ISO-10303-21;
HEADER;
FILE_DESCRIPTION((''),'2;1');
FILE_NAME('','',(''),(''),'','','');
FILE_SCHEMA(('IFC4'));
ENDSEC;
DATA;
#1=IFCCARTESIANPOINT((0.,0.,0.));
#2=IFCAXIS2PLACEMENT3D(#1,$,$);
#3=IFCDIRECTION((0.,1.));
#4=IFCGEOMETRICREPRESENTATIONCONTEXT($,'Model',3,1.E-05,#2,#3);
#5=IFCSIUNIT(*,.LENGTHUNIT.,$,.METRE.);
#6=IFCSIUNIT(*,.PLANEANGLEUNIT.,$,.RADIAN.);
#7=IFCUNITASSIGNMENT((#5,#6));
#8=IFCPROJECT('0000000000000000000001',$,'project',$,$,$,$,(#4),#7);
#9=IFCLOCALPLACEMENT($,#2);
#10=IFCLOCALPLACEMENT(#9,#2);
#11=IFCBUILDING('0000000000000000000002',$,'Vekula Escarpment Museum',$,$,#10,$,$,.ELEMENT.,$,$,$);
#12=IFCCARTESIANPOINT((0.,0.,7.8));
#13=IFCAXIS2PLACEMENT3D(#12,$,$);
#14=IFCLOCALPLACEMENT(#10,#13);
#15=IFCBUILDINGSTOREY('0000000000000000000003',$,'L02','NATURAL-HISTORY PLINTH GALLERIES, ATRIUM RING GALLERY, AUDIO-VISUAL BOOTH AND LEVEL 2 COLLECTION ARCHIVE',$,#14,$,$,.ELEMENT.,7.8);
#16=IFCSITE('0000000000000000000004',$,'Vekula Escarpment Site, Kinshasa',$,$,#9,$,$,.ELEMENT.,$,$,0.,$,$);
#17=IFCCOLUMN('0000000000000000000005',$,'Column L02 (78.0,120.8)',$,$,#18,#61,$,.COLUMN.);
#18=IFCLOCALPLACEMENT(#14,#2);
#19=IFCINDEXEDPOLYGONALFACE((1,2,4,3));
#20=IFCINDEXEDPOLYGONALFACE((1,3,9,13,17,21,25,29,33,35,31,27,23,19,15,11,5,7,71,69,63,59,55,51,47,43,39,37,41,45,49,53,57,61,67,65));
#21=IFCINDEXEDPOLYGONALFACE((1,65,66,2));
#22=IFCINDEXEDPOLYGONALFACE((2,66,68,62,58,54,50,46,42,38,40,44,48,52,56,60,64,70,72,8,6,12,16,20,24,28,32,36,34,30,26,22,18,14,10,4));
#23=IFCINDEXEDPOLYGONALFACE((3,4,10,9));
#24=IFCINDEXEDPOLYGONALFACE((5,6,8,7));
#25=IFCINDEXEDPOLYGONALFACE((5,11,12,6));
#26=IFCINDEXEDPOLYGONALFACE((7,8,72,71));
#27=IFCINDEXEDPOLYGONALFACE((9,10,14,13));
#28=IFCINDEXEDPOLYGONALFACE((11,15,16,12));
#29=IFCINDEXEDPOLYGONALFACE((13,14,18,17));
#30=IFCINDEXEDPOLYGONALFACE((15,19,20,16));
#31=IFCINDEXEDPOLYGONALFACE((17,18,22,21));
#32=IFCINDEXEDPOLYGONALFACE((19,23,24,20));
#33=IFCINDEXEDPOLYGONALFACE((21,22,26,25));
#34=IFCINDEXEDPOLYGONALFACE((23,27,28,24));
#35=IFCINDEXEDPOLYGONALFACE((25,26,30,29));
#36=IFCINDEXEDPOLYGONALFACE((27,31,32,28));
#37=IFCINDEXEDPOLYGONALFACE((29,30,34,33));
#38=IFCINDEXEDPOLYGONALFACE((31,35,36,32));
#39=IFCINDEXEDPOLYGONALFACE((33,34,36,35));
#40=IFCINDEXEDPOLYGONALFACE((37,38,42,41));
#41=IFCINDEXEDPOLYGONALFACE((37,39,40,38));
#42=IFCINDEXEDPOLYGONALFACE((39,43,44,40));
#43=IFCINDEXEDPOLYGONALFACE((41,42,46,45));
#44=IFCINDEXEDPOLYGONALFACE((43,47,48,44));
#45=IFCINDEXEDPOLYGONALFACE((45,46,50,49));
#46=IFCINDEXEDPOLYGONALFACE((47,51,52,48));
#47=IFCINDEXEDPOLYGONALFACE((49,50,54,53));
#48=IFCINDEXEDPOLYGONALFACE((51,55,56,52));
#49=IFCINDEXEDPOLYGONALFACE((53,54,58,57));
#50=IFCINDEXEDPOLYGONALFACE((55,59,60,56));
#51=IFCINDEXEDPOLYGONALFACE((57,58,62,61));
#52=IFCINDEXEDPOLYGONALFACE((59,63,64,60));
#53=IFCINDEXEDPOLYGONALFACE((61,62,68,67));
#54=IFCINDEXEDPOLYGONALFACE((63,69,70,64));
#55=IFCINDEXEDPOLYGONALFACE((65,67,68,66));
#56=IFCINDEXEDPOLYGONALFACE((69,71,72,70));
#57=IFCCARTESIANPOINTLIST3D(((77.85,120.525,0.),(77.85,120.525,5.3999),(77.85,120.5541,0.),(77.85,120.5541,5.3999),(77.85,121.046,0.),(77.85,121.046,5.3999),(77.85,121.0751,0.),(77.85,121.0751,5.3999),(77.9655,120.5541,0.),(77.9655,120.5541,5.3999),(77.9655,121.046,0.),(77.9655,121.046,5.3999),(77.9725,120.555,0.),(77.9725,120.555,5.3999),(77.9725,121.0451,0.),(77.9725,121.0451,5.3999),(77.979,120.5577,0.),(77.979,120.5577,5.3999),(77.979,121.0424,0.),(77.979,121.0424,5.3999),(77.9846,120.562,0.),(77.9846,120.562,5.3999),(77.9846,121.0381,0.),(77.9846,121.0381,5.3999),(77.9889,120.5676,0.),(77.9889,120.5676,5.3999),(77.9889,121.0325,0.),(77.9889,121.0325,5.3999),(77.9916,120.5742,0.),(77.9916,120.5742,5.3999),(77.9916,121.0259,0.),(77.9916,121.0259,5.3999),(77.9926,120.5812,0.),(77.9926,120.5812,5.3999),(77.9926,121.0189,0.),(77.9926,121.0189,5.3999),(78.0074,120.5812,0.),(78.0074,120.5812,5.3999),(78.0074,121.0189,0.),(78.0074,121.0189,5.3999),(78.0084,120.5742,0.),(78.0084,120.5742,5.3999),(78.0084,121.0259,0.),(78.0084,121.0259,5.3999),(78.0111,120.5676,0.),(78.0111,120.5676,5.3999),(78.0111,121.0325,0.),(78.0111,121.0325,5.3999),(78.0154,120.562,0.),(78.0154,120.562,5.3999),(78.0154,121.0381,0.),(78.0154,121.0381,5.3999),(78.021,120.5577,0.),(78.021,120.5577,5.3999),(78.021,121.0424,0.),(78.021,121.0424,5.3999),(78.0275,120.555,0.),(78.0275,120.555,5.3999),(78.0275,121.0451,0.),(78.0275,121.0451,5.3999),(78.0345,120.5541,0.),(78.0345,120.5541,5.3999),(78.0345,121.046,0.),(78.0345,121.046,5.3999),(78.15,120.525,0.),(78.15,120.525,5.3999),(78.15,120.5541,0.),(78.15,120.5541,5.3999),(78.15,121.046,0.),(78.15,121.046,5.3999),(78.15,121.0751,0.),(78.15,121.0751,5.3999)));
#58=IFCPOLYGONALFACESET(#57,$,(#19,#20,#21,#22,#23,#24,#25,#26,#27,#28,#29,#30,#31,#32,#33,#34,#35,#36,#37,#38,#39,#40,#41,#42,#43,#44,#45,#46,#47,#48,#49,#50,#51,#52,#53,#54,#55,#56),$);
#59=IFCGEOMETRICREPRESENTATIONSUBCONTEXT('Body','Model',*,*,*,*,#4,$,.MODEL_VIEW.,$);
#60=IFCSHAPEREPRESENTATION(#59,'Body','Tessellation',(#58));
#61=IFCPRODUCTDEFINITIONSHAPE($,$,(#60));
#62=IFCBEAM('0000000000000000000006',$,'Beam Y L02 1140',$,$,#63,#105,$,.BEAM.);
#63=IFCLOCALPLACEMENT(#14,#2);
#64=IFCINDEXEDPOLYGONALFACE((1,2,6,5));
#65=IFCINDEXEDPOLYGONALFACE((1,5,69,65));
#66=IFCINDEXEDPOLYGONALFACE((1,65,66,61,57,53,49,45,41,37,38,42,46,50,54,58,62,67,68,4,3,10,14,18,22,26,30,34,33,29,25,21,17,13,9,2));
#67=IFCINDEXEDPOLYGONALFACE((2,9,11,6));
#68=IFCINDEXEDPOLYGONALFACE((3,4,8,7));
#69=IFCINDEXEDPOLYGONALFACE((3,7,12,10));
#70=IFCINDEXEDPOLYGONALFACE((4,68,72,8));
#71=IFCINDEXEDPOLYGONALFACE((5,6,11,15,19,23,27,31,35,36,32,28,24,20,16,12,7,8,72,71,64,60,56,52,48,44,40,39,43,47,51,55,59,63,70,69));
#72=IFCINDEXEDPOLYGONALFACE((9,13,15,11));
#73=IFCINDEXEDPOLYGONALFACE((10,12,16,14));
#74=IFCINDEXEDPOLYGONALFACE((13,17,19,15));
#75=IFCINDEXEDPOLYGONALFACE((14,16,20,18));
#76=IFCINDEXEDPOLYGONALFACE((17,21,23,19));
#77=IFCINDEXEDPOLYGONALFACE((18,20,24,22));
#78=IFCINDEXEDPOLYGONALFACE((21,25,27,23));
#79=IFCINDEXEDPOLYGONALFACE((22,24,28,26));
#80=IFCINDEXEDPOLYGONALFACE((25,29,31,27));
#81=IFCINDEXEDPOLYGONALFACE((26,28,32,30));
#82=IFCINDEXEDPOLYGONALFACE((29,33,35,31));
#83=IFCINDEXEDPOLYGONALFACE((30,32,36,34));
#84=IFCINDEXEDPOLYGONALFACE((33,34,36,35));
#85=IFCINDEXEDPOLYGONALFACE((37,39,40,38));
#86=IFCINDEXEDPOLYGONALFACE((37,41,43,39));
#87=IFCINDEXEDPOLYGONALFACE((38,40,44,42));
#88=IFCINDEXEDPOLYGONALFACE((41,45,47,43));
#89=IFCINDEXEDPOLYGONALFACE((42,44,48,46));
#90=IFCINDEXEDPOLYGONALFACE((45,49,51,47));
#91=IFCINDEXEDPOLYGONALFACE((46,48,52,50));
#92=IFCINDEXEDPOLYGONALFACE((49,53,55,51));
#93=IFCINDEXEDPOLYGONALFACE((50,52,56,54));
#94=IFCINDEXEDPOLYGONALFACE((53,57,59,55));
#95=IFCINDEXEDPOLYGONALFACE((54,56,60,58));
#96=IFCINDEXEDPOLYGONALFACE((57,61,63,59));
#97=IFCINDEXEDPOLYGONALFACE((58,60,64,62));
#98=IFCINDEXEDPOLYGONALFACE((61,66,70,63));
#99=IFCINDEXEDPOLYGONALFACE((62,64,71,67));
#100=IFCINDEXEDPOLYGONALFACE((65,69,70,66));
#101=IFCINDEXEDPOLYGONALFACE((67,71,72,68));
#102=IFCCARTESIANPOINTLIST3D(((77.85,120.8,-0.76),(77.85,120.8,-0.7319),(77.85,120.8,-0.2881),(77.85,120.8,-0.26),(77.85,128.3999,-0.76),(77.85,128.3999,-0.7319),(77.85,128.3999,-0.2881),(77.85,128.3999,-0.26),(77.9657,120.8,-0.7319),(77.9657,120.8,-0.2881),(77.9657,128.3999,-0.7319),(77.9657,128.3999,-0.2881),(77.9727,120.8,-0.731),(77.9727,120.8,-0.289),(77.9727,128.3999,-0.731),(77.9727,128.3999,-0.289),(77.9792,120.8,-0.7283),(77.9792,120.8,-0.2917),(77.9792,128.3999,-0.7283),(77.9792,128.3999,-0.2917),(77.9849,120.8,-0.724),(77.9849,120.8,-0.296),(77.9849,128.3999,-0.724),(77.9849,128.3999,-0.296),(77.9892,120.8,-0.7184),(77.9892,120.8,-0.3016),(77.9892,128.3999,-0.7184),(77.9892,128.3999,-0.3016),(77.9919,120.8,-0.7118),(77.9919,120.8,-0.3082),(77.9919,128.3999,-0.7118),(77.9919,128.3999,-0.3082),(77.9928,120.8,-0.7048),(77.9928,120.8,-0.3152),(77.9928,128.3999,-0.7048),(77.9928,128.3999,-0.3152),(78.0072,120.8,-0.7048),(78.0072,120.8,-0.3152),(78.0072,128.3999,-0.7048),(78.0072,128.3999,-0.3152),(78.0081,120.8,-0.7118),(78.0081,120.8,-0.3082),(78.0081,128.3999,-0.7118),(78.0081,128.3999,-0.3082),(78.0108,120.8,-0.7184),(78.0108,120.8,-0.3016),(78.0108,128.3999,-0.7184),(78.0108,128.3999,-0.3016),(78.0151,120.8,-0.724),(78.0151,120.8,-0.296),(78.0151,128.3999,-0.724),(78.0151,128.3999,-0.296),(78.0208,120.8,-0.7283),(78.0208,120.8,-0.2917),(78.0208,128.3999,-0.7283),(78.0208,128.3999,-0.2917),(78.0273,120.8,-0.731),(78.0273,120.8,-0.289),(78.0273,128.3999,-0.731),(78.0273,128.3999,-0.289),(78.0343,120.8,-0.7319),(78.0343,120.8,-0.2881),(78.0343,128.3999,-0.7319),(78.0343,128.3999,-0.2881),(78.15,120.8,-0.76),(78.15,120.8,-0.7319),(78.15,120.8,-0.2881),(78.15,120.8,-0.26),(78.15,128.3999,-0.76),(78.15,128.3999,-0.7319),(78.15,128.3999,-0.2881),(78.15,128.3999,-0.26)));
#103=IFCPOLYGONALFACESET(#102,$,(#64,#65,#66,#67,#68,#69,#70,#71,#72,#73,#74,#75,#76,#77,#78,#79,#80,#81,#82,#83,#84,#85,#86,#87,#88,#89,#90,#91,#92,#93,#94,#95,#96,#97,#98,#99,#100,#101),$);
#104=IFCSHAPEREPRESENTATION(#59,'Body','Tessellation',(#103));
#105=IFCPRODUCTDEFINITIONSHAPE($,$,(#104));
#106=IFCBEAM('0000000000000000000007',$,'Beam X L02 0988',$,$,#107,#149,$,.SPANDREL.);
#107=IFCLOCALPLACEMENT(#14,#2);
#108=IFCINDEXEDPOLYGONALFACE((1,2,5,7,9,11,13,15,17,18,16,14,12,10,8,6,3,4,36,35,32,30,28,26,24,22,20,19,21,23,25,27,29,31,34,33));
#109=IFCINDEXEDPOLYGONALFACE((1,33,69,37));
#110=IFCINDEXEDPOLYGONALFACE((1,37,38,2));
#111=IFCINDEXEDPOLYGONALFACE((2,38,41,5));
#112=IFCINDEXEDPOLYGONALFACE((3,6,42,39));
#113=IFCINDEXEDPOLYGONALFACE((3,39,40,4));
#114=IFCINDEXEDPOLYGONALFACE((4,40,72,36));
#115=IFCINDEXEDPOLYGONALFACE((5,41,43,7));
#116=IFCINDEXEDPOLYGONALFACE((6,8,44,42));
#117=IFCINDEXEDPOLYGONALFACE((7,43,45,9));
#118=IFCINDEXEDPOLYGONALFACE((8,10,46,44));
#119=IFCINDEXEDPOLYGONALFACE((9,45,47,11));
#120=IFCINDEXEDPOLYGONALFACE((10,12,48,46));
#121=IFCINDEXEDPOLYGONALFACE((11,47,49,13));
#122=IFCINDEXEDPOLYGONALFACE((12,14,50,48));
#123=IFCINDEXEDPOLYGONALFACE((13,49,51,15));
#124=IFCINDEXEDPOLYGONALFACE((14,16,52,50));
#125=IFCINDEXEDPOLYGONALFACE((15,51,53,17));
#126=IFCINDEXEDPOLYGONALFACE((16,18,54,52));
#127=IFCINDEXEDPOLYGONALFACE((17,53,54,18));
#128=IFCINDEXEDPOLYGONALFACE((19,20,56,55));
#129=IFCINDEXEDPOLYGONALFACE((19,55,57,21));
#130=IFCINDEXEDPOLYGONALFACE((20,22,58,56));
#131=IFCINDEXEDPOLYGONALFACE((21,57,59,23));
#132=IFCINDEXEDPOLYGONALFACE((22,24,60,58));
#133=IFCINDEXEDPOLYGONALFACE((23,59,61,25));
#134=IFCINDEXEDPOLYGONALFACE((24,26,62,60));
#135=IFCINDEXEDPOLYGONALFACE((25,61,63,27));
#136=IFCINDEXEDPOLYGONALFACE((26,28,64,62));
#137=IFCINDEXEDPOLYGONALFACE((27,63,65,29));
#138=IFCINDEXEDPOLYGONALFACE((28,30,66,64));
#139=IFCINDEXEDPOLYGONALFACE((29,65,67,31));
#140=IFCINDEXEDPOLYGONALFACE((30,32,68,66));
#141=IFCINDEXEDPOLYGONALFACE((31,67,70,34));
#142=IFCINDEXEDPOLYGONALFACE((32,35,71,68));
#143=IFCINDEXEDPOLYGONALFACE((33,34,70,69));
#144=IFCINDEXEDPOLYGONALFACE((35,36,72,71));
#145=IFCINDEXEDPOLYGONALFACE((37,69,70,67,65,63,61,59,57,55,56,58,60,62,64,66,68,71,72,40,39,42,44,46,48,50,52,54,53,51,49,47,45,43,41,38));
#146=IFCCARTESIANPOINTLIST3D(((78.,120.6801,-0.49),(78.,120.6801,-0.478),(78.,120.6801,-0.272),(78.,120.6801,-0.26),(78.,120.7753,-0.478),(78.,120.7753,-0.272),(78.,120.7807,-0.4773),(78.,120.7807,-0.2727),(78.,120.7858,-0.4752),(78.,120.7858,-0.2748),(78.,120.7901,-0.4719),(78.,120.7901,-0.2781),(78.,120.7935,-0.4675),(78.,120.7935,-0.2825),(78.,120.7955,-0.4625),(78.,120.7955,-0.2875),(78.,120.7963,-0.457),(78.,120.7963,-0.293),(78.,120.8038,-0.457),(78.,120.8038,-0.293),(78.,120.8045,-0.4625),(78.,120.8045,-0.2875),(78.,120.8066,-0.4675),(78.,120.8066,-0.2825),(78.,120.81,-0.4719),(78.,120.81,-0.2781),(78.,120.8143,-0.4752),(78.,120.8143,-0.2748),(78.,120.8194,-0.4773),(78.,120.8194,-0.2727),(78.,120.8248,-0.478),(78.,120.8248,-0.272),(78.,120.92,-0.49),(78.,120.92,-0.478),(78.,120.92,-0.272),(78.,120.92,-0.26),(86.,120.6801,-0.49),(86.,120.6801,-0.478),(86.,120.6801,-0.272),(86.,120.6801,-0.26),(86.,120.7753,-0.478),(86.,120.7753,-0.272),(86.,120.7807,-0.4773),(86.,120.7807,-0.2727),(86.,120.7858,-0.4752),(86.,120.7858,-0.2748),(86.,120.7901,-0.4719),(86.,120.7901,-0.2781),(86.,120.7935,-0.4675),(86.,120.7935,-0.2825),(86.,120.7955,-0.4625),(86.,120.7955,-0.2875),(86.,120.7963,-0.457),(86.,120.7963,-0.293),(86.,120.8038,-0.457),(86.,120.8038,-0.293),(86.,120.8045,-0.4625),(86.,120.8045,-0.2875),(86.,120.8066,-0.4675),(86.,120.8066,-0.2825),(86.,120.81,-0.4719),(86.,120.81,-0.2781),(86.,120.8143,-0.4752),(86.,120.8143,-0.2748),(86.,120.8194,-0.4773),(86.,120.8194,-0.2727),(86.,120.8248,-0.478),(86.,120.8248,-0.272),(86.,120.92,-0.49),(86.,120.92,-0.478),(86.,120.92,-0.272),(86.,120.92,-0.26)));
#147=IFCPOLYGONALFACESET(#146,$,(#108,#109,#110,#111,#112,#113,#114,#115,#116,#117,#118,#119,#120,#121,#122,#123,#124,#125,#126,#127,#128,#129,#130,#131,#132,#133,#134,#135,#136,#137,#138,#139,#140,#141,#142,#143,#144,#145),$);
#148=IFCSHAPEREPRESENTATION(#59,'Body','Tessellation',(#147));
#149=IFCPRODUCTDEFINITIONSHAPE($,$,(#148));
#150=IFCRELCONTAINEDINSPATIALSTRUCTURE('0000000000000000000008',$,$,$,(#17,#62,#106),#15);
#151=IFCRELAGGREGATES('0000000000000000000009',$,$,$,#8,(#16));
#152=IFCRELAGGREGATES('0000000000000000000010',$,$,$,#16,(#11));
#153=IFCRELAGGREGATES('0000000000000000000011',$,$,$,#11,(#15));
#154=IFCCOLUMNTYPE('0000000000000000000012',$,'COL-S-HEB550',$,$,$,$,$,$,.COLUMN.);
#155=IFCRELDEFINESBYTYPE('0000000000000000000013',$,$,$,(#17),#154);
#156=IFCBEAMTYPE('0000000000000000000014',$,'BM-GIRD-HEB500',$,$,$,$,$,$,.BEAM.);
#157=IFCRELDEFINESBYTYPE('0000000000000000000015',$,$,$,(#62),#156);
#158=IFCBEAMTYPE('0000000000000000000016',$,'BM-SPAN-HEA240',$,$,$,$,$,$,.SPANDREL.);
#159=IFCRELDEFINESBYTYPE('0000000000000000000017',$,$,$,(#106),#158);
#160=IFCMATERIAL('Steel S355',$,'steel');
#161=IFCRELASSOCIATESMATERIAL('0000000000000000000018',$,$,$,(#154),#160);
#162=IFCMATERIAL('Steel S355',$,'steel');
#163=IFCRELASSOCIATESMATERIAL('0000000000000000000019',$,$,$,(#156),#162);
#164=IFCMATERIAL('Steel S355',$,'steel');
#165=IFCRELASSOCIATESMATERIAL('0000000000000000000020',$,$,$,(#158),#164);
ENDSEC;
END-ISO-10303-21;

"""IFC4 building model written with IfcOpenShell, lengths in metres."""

from ifc_helpers import new_model, si_unit, direction, frame, origin, origin_2d, place, context, subcontext, project, spatial, i_section, extrude, material, material_profile, profile_set, type_object, element, save


model = new_model("IFC4")

# Units and contexts
model_context = context("Model", 3, precision=1e-05, world=origin(), true_north=direction((0.0, 1.0)))
body_context = subcontext(model_context, "Body", "Model", "MODEL_VIEW")
ifc_project = project(units=[si_unit("LENGTHUNIT", "METRE"), si_unit("PLANEANGLEUNIT", "RADIAN")], contexts=[model_context])

# Site, building, storey
site_placement = place(None, origin())
site = spatial("IfcSite", under=ifc_project, at=site_placement, Name="Vekula Escarpment Site, Kinshasa", CompositionType="ELEMENT", RefElevation=0.0)
building_placement = place(site_placement, origin())
building = spatial("IfcBuilding", under=site, at=building_placement, Name="Vekula Escarpment Museum", CompositionType="ELEMENT")
storey_placement = place(building_placement, frame((0.0, 0.0, 7.8)))
storey = spatial("IfcBuildingStorey", under=building, at=storey_placement, Name="L02", Description="NATURAL-HISTORY PLINTH GALLERIES, ATRIUM RING GALLERY, AUDIO-VISUAL BOOTH AND LEVEL 2 COLLECTION ARCHIVE", CompositionType="ELEMENT", Elevation=7.8)

# Column
ifc_material_1 = material(Name="Steel S355", Category="steel")
ifc_material_profile_1 = material_profile(ifc_material_1, i_section(OverallWidth=0.3, OverallDepth=0.55, WebThickness=0.0149, FlangeThickness=0.0291, FilletRadius=0.0271, at=origin_2d()), Name="HEB 550")
ifc_profile_set_1 = profile_set([ifc_material_profile_1], Name="Steel S355")
column_type = type_object("IfcColumnType", Name="COL-S-HEB550", PredefinedType="COLUMN", material=ifc_profile_set_1)
column_placement = place(storey_placement, frame((78.0, 120.8, 0.0), z_axis=(0.0, 0.0, 1.0), x_axis=(1.0, 0.0, 0.0)))
element("IfcColumn", 1, at=column_placement, inside=storey, type_object=column_type, Name="Column L02 (78.0,120.8)", PredefinedType="COLUMN", context=body_context, shape_type="SweptSolid", body=[
    extrude(i_section(OverallWidth=0.3, OverallDepth=0.55, WebThickness=0.0149, FlangeThickness=0.0291, FilletRadius=0.0271, at=origin_2d()), origin(), (0.0, 0.0, 1.0), 5.3999),
])

# Beams
ifc_material_2 = material(Name="Steel S355", Category="steel")
ifc_material_profile_2 = material_profile(ifc_material_2, i_section(OverallWidth=0.3, OverallDepth=0.5, WebThickness=0.0144, FlangeThickness=0.0281, FilletRadius=0.0271, at=origin_2d()), Name="HEB 500")
ifc_profile_set_2 = profile_set([ifc_material_profile_2], Name="Steel S355")
beam_type_1 = type_object("IfcBeamType", Name="BM-GIRD-HEB500", PredefinedType="BEAM", material=ifc_profile_set_2)
beam_1_placement = place(storey_placement, frame((78.0, 120.8, -0.51), z_axis=(0.0, 1.0, 0.0), x_axis=(-1.0, 0.0, 0.0)))
element("IfcBeam", 2, at=beam_1_placement, inside=storey, type_object=beam_type_1, Name="Beam Y L02 1140", PredefinedType="BEAM", context=body_context, shape_type="SweptSolid", body=[
    extrude(i_section(OverallWidth=0.3, OverallDepth=0.5, WebThickness=0.0144, FlangeThickness=0.0281, FilletRadius=0.0271, at=origin_2d()), origin(), (0.0, 0.0, 1.0), 7.5999),
])
ifc_material_3 = material(Name="Steel S355", Category="steel")
ifc_material_profile_3 = material_profile(ifc_material_3, i_section(OverallWidth=0.24, OverallDepth=0.23, WebThickness=0.0076, FlangeThickness=0.012, FilletRadius=0.021, at=origin_2d()), Name="HEA 240")
ifc_profile_set_3 = profile_set([ifc_material_profile_3], Name="Steel S355")
beam_type_2 = type_object("IfcBeamType", Name="BM-SPAN-HEA240", PredefinedType="SPANDREL", material=ifc_profile_set_3)
beam_2_placement = place(storey_placement, frame((78.0, 120.8, -0.375), z_axis=(1.0, 0.0, 0.0), x_axis=(0.0, 1.0, 0.0)))
element("IfcBeam", 3, at=beam_2_placement, inside=storey, type_object=beam_type_2, Name="Beam X L02 0988", PredefinedType="SPANDREL", context=body_context, shape_type="SweptSolid", body=[
    extrude(i_section(OverallWidth=0.24, OverallDepth=0.23, WebThickness=0.0076, FlangeThickness=0.012, FilletRadius=0.021, at=origin_2d()), origin(), (0.0, 0.0, 1.0), 8.0),
])

save(model, "model.ifc")
